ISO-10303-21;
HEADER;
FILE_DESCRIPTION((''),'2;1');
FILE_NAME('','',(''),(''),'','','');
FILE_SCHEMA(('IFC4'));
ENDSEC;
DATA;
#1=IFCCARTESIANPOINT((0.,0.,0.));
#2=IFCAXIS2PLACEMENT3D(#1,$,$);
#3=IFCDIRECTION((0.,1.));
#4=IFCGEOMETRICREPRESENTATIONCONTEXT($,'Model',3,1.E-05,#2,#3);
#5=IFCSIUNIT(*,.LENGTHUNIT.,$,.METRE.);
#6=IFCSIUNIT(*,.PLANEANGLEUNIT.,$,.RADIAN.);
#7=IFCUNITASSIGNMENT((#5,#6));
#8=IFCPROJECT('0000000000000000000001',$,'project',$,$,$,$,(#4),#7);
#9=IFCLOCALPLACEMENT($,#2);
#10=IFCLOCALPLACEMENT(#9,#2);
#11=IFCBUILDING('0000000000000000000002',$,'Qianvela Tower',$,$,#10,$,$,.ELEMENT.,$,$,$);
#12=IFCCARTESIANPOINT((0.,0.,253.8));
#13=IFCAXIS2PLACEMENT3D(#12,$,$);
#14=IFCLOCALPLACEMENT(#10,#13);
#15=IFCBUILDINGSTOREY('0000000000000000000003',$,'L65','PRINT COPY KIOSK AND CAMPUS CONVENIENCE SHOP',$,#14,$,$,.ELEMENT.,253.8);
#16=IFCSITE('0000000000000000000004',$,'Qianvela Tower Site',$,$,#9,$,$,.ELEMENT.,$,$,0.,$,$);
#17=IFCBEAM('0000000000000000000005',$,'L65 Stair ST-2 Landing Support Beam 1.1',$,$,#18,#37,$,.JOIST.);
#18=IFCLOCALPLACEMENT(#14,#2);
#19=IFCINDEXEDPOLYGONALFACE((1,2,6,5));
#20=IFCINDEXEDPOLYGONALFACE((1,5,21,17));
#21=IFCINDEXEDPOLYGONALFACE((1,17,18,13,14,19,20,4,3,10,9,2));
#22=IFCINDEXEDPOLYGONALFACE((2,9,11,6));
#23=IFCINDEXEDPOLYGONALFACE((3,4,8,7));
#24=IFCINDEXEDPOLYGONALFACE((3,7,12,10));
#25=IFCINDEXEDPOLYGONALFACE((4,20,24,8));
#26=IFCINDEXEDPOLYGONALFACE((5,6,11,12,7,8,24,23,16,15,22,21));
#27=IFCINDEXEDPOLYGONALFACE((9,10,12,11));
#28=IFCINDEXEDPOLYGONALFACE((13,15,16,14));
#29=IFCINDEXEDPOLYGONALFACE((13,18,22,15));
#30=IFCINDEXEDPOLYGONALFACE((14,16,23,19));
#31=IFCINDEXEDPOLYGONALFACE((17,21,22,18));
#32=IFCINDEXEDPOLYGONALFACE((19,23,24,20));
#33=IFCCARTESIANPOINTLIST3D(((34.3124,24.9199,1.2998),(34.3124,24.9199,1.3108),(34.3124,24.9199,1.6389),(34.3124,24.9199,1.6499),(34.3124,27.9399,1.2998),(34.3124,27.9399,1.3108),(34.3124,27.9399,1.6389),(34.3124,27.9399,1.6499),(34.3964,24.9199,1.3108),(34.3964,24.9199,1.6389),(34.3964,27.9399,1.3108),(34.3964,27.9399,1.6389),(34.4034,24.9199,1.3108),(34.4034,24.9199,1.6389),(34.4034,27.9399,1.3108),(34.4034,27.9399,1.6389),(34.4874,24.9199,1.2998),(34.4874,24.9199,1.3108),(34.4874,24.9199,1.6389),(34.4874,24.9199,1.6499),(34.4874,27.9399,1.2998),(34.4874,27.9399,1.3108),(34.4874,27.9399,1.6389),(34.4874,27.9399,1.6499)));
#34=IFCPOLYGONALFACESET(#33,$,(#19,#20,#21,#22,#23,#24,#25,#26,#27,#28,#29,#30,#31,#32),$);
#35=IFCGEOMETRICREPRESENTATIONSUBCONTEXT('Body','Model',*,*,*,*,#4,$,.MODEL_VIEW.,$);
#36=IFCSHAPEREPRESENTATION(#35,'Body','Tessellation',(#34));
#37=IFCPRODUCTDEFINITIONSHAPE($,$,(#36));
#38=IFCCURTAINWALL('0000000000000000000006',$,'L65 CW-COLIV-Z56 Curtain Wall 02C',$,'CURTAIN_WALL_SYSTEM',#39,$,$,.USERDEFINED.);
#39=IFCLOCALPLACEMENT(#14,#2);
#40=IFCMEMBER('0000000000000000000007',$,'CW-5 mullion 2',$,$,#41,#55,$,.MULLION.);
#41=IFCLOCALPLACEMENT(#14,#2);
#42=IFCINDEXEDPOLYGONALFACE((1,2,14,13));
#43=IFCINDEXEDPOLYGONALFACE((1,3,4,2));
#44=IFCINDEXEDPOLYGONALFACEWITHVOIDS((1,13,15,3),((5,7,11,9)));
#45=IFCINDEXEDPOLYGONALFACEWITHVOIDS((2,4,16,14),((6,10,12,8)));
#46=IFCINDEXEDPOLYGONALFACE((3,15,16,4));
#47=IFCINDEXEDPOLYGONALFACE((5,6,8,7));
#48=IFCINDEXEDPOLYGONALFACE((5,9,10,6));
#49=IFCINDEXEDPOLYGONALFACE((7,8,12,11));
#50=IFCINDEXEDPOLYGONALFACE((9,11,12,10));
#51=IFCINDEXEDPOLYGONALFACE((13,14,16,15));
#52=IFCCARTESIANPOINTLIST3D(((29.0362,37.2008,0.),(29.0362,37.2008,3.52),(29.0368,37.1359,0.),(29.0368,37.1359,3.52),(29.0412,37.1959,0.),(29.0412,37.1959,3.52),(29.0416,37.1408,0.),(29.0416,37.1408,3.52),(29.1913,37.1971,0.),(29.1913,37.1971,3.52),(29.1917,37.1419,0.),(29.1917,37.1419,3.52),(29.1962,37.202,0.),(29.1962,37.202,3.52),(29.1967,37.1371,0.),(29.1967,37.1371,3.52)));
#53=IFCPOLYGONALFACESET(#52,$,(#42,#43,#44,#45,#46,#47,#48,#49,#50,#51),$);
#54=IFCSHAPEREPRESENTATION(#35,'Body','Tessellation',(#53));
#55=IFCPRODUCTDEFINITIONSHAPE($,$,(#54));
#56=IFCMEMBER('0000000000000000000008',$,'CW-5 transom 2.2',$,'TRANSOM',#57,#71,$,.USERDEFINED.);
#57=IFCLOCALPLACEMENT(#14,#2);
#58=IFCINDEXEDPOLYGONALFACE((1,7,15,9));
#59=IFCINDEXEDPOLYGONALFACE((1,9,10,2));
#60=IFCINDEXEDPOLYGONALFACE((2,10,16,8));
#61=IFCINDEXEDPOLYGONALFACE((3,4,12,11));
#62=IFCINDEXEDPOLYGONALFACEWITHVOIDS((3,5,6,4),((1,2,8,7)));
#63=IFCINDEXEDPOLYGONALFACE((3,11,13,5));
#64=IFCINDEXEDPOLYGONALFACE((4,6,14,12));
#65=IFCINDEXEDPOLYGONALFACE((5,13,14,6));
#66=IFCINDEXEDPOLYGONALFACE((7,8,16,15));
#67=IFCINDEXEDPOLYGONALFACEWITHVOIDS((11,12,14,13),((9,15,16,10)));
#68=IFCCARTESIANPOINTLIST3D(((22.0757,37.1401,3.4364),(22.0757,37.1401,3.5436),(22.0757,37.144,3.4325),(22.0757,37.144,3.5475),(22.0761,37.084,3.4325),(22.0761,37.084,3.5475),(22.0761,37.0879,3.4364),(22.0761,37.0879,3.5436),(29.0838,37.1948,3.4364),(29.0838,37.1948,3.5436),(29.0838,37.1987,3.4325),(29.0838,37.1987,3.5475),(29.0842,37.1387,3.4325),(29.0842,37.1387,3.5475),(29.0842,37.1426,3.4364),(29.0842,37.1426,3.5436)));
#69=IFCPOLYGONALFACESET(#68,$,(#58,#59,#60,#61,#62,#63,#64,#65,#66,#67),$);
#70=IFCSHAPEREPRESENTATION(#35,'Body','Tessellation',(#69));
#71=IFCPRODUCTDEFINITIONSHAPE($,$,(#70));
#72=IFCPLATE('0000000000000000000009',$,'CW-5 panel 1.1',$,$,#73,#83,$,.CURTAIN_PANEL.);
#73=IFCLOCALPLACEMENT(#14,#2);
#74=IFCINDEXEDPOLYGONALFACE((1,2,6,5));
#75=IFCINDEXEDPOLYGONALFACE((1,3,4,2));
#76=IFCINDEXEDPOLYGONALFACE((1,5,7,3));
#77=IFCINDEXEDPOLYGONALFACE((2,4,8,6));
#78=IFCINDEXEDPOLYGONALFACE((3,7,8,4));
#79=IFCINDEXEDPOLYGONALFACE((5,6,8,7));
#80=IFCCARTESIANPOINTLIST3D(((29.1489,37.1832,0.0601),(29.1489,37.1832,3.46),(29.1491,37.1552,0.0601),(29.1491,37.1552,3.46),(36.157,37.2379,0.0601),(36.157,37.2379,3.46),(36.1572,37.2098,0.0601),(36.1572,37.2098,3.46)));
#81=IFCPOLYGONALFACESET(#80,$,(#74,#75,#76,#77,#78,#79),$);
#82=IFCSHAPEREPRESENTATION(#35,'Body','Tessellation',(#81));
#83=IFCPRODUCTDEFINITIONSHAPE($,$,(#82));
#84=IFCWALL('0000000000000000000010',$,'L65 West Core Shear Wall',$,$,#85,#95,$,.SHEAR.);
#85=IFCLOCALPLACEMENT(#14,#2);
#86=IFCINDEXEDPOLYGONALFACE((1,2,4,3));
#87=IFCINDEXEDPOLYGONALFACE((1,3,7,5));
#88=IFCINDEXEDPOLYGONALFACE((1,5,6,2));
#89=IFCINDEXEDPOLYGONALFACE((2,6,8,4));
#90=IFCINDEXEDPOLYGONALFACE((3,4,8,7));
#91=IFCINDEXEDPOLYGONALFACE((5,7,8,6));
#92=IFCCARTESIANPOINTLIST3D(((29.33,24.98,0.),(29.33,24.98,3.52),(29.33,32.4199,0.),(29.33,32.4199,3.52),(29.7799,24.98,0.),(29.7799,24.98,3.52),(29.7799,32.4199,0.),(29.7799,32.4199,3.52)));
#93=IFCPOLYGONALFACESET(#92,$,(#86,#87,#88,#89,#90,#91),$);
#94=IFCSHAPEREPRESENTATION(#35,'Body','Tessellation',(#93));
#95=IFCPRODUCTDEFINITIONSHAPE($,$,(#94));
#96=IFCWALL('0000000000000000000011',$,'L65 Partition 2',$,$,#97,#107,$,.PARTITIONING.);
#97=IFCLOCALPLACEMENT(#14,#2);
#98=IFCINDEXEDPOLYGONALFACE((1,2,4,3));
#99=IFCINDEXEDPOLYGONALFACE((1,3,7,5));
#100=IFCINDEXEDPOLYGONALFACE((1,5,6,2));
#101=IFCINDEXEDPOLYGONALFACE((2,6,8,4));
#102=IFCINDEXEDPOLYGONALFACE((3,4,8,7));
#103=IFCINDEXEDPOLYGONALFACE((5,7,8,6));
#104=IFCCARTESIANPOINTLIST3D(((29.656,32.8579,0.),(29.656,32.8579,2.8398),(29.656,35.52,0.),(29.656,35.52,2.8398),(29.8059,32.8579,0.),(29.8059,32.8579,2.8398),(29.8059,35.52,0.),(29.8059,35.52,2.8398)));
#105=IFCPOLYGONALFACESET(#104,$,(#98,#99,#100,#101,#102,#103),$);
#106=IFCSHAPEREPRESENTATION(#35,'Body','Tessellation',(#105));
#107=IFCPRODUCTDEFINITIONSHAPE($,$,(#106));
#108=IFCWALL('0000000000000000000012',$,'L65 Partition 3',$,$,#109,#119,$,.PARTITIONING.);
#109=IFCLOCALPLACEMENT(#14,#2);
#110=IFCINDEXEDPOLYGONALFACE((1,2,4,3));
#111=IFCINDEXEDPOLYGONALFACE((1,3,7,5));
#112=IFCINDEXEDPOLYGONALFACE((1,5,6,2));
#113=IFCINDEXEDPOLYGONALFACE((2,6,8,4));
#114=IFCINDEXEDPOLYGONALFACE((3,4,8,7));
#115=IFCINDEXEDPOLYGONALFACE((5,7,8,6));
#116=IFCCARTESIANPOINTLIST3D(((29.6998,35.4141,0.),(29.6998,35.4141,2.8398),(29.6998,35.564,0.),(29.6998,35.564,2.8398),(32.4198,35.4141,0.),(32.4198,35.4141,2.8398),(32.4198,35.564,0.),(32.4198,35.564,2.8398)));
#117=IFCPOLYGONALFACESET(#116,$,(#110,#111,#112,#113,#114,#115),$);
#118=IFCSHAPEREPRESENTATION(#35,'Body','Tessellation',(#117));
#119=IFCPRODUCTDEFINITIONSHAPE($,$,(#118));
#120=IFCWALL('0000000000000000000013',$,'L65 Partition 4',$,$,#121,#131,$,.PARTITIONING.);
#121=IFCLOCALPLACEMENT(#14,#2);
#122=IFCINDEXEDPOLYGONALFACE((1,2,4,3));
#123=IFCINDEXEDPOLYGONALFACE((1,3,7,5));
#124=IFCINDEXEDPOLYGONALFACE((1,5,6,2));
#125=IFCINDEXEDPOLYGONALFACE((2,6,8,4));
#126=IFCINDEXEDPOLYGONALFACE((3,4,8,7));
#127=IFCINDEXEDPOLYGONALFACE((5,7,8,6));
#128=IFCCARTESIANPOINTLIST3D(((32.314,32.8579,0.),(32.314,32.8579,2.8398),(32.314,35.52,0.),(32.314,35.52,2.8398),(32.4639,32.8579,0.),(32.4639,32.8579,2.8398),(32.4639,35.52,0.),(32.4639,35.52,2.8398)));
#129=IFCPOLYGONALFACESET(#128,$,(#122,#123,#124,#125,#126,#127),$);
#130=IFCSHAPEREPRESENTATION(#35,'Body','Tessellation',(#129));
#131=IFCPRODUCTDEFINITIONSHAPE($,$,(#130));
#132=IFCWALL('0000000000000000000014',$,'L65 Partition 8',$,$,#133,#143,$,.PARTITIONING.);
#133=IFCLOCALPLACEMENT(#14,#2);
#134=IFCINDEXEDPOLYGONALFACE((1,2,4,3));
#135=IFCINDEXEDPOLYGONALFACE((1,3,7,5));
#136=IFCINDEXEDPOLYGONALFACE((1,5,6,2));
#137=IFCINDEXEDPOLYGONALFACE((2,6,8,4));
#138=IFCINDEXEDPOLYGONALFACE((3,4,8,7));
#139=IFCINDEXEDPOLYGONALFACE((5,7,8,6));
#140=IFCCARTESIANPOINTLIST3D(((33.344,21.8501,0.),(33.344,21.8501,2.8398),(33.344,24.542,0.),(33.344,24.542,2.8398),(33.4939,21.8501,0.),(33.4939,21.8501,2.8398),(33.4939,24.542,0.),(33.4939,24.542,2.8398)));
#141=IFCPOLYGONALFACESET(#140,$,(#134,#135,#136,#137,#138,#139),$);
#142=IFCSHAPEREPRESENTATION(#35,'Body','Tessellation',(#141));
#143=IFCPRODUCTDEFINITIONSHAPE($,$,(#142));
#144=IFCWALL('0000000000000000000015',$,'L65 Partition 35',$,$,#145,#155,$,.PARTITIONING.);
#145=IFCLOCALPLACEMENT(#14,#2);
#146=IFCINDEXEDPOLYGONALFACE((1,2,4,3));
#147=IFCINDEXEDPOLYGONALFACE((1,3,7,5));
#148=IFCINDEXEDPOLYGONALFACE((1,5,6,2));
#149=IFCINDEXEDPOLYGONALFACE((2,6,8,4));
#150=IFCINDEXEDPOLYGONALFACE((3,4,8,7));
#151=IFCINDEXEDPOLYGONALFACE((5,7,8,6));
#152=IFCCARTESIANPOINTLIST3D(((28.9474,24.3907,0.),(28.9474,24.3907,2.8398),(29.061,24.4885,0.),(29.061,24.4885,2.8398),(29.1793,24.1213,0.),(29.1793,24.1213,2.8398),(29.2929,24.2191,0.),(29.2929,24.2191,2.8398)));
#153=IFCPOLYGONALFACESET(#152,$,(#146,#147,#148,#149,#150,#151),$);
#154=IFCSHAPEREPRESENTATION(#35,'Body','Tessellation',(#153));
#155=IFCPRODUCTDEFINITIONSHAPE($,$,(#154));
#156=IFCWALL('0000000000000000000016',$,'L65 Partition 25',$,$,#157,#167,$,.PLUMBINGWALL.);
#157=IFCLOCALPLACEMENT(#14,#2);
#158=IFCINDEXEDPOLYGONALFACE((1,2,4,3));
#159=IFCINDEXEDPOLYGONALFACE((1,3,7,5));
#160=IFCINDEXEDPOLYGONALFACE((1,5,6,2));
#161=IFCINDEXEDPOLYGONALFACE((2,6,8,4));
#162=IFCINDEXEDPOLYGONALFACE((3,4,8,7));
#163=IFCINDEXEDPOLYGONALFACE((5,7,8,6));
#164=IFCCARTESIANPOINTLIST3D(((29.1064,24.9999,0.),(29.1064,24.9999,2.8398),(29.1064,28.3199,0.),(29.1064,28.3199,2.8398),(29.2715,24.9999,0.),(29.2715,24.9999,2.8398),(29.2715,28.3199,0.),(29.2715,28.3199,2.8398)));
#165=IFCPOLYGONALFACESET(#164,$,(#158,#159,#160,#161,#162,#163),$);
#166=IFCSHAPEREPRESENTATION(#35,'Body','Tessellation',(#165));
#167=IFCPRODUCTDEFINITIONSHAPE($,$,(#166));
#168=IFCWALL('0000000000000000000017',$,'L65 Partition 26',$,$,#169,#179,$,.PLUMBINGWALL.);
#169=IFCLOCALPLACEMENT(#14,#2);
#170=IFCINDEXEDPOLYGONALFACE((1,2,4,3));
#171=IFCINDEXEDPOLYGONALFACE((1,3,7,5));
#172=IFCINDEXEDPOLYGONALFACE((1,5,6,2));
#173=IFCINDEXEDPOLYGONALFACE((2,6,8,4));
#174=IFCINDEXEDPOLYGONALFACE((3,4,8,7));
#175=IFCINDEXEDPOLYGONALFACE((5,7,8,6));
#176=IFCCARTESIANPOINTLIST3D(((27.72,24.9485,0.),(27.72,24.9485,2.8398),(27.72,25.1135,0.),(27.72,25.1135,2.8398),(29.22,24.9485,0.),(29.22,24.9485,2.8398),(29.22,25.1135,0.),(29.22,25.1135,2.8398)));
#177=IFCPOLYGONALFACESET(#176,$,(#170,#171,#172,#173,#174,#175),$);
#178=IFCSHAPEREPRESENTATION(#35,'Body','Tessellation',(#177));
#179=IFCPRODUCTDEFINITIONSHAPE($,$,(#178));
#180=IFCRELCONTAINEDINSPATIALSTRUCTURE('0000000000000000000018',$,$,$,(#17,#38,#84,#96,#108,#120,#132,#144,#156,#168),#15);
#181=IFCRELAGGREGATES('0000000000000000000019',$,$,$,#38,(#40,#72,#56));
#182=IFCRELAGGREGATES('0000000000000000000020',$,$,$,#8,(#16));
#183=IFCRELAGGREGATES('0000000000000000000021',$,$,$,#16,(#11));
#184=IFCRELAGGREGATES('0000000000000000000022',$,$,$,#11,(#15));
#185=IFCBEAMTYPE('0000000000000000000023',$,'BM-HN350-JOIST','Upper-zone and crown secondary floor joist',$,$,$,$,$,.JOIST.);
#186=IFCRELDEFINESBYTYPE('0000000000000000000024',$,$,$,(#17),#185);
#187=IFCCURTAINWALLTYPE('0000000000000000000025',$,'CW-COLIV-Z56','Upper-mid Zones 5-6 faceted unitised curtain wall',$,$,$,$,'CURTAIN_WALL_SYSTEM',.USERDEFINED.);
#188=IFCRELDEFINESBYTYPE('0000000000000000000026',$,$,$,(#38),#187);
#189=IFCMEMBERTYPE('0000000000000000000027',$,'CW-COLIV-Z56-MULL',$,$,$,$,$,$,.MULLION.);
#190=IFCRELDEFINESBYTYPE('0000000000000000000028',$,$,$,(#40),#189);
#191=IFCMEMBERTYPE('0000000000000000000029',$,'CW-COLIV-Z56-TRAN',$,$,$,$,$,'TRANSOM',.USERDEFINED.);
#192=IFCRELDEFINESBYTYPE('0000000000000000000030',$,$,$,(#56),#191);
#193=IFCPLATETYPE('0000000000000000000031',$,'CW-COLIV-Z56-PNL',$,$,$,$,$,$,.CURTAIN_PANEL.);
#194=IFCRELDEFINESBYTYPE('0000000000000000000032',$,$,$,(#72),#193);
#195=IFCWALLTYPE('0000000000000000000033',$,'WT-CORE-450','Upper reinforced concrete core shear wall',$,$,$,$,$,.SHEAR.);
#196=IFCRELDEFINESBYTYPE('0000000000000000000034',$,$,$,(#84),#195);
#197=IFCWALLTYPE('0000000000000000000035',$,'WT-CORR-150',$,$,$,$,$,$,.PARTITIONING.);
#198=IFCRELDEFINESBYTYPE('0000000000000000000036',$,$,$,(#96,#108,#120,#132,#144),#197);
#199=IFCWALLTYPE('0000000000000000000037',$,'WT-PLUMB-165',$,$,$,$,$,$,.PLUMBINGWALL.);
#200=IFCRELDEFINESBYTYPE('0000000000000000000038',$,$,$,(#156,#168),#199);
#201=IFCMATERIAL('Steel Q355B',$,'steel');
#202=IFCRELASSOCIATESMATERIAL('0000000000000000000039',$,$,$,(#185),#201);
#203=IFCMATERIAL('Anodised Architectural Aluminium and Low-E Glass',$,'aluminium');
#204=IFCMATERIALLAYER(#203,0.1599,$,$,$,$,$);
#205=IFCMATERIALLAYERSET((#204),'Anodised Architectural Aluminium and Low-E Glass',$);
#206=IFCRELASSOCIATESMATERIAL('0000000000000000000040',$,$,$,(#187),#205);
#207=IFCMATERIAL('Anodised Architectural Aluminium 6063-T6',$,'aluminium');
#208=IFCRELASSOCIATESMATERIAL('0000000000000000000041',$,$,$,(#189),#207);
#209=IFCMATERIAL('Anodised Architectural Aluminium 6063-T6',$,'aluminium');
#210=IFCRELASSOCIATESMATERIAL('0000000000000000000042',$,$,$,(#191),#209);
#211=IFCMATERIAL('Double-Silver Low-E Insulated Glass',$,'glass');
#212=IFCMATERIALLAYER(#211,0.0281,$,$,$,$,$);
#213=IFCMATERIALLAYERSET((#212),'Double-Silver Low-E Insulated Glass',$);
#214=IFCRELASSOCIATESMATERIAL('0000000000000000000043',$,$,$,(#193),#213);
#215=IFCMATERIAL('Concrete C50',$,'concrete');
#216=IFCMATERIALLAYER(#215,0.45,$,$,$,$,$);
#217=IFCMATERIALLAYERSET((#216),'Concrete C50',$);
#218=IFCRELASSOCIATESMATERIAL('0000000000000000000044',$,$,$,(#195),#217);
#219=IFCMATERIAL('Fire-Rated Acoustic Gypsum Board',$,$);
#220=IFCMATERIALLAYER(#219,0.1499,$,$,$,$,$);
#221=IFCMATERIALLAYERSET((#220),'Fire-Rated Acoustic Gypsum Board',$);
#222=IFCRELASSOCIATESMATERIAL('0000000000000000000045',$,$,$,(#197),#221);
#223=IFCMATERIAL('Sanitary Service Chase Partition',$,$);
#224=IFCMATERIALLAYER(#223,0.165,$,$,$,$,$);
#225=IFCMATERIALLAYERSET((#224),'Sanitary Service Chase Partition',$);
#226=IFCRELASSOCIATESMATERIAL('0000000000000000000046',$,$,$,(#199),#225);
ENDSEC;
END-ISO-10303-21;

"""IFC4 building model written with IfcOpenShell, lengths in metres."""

from ifc_helpers import new_model, si_unit, direction, frame, frame_2d, origin, origin_2d, place, context, subcontext, project, spatial, rectangle, hollow_rectangle, i_section, extrude, material, layer, layer_set, material_profile, profile_set, type_object, element, aggregate, save


model = new_model("IFC4")

# Units and contexts
model_context = context("Model", 3, precision=1e-05, world=origin(), true_north=direction((0.0, 1.0)))
body_context = subcontext(model_context, "Body", "Model", "MODEL_VIEW")
ifc_project = project(units=[si_unit("LENGTHUNIT", "METRE"), si_unit("PLANEANGLEUNIT", "RADIAN")], contexts=[model_context])

# Site, building, storey
site_placement = place(None, origin())
site = spatial("IfcSite", under=ifc_project, at=site_placement, Name="Qianvela Tower Site", CompositionType="ELEMENT", RefElevation=0.0)
building_placement = place(site_placement, origin())
building = spatial("IfcBuilding", under=site, at=building_placement, Name="Qianvela Tower", CompositionType="ELEMENT")
storey_placement = place(building_placement, frame((0.0, 0.0, 253.8)))
storey = spatial("IfcBuildingStorey", under=building, at=storey_placement, Name="L65", Description="PRINT COPY KIOSK AND CAMPUS CONVENIENCE SHOP", CompositionType="ELEMENT", Elevation=253.8)

# Beam
ifc_material_1 = material(Name="Steel Q355B", Category="steel")
ifc_material_profile_1 = material_profile(ifc_material_1, i_section(OverallWidth=0.175, OverallDepth=0.3501, WebThickness=0.0071, FlangeThickness=0.011, at=origin_2d()), Name="HN350x175x7x11")
ifc_profile_set_1 = profile_set([ifc_material_profile_1], Name="Steel Q355B")
beam_type = type_object("IfcBeamType", Name="BM-HN350-JOIST", Description="Upper-zone and crown secondary floor joist", PredefinedType="JOIST", material=ifc_profile_set_1)
beam_placement = place(storey_placement, frame((34.3999, 24.9199, 1.4749), z_axis=(0.0, 1.0, 0.0), x_axis=(-1.0, 0.0, 0.0)))
element("IfcBeam", 1, at=beam_placement, inside=storey, type_object=beam_type, Name="L65 Stair ST-2 Landing Support Beam 1.1", PredefinedType="JOIST", context=body_context, shape_type="SweptSolid", body=[
    extrude(i_section(OverallWidth=0.175, OverallDepth=0.3501, WebThickness=0.0071, FlangeThickness=0.011, at=origin_2d()), origin(), (0.0, 0.0, 1.0), 3.02),
])

# Curtain wall, members, plate
ifc_material_2 = material(Name="Anodised Architectural Aluminium and Low-E Glass", Category="aluminium")
ifc_layer_1 = layer(ifc_material_2, 0.1599)
ifc_layer_set_1 = layer_set([ifc_layer_1], Name="Anodised Architectural Aluminium and Low-E Glass")
curtain_wall_type = type_object("IfcCurtainWallType", Name="CW-COLIV-Z56", Description="Upper-mid Zones 5-6 faceted unitised curtain wall", ElementType="CURTAIN_WALL_SYSTEM", PredefinedType="USERDEFINED", material=ifc_layer_set_1)
curtain_wall_placement = place(storey_placement, origin())
curtain_wall = element("IfcCurtainWall", 2, at=curtain_wall_placement, inside=storey, type_object=curtain_wall_type, Name="L65 CW-COLIV-Z56 Curtain Wall 02C", ObjectType="CURTAIN_WALL_SYSTEM", PredefinedType="USERDEFINED")
ifc_material_3 = material(Name="Anodised Architectural Aluminium 6063-T6", Category="aluminium")
ifc_material_profile_2 = material_profile(ifc_material_3, hollow_rectangle(XDim=0.0649, YDim=0.1599, WallThickness=0.0049, at=origin_2d()), Name="ALU-MULL-65x160")
ifc_profile_set_2 = profile_set([ifc_material_profile_2], Name="Anodised Architectural Aluminium 6063-T6")
member_type_1 = type_object("IfcMemberType", Name="CW-COLIV-Z56-MULL", PredefinedType="MULLION", material=ifc_profile_set_2)
member_1_placement = place(storey_placement, frame((29.1165, 37.1689, 0.0), z_axis=(0.0, 0.0, 1.0), x_axis=(0.007804, -0.99997, 0.0)))
member_1 = element("IfcMember", 3, at=member_1_placement, type_object=member_type_1, Name="CW-5 mullion 2", PredefinedType="MULLION", context=body_context, shape_type="SweptSolid", body=[
    extrude(hollow_rectangle(XDim=0.0649, YDim=0.1599, WallThickness=0.0049, at=origin_2d()), origin(), (0.0, 0.0, 1.0), 3.52),
])
ifc_material_4 = material(Name="Anodised Architectural Aluminium 6063-T6", Category="aluminium")
ifc_material_profile_3 = material_profile(ifc_material_4, hollow_rectangle(XDim=0.0601, YDim=0.115, WallThickness=0.0039, at=origin_2d()), Name="ALU-TRAN-60x115")
ifc_profile_set_3 = profile_set([ifc_material_profile_3], Name="Anodised Architectural Aluminium 6063-T6")
member_type_2 = type_object("IfcMemberType", Name="CW-COLIV-Z56-TRAN", ElementType="TRANSOM", PredefinedType="USERDEFINED", material=ifc_profile_set_3)
member_2_placement = place(storey_placement, frame((29.084, 37.1687, 3.49), z_axis=(-0.99997, -0.007803, 0.0), x_axis=(0.007803, -0.99997, 0.0)))
member_2 = element("IfcMember", 4, at=member_2_placement, type_object=member_type_2, Name="CW-5 transom 2.2", ObjectType="TRANSOM", PredefinedType="USERDEFINED", context=body_context, shape_type="SweptSolid", body=[
    extrude(hollow_rectangle(XDim=0.0601, YDim=0.115, WallThickness=0.0039, at=origin_2d()), origin(), (0.0, 0.0, 1.0), 7.0083),
])
ifc_material_5 = material(Name="Double-Silver Low-E Insulated Glass", Category="glass")
ifc_layer_2 = layer(ifc_material_5, 0.0281)
ifc_layer_set_2 = layer_set([ifc_layer_2], Name="Double-Silver Low-E Insulated Glass")
plate_type = type_object("IfcPlateType", Name="CW-COLIV-Z56-PNL", PredefinedType="CURTAIN_PANEL", material=ifc_layer_set_2)
plate_placement = place(storey_placement, frame((32.6531, 37.1965, 0.0601), z_axis=(0.0, 0.0, 1.0), x_axis=(-0.99997, -0.007804, 0.0)))
plate = element("IfcPlate", 5, at=plate_placement, type_object=plate_type, Name="CW-5 panel 1.1", PredefinedType="CURTAIN_PANEL", context=body_context, shape_type="SweptSolid", body=[
    extrude(rectangle(XDim=7.0083, YDim=0.0281, at=origin_2d()), origin(), (0.0, 0.0, 1.0), 3.3999),
])
aggregate(curtain_wall, [member_1, plate, member_2])

# Shared definitions
ifc_material_6 = material(Name="Concrete C50", Category="concrete")
ifc_layer_3 = layer(ifc_material_6, 0.45)
ifc_layer_set_3 = layer_set([ifc_layer_3], Name="Concrete C50")
wall_type_1 = type_object("IfcWallType", Name="WT-CORE-450", Description="Upper reinforced concrete core shear wall", PredefinedType="SHEAR", material=ifc_layer_set_3)

# Walls
wall_1_placement = place(storey_placement, frame((29.5549, 24.98, 0.0), z_axis=(0.0, 0.0, 1.0), x_axis=(0.0, 1.0, 0.0)))
element("IfcWall", 6, at=wall_1_placement, inside=storey, type_object=wall_type_1, Name="L65 West Core Shear Wall", PredefinedType="SHEAR", context=body_context, shape_type="SweptSolid", body=[
    extrude(rectangle(XDim=7.4399, YDim=0.45, at=frame_2d((3.72, 0.0))), origin(), (0.0, 0.0, 1.0), 3.52),
])
ifc_material_7 = material(Name="Fire-Rated Acoustic Gypsum Board")
ifc_layer_4 = layer(ifc_material_7, 0.1499)
ifc_layer_set_4 = layer_set([ifc_layer_4], Name="Fire-Rated Acoustic Gypsum Board")
wall_type_2 = type_object("IfcWallType", Name="WT-CORR-150", PredefinedType="PARTITIONING", material=ifc_layer_set_4)
wall_2_placement = place(storey_placement, frame((29.731, 32.8579, 0.0), z_axis=(0.0, 0.0, 1.0), x_axis=(0.0, 1.0, 0.0)))
element("IfcWall", 7, at=wall_2_placement, inside=storey, type_object=wall_type_2, Name="L65 Partition 2", PredefinedType="PARTITIONING", context=body_context, shape_type="SweptSolid", body=[
    extrude(rectangle(XDim=2.6621, YDim=0.1499, at=frame_2d((1.3311, 0.0))), origin(), (0.0, 0.0, 1.0), 2.8398),
])
wall_3_placement = place(storey_placement, frame((29.7, 35.489, 0.0), z_axis=(0.0, 0.0, 1.0), x_axis=(1.0, 0.0, 0.0)))
element("IfcWall", 8, at=wall_3_placement, inside=storey, type_object=wall_type_2, Name="L65 Partition 3", PredefinedType="PARTITIONING", context=body_context, shape_type="SweptSolid", body=[
    extrude(rectangle(XDim=2.72, YDim=0.1499, at=frame_2d((1.3599, 0.0))), origin(), (0.0, 0.0, 1.0), 2.8398),
])
wall_4_placement = place(storey_placement, frame((32.3889, 35.52, 0.0), z_axis=(0.0, 0.0, 1.0), x_axis=(0.0, -1.0, 0.0)))
element("IfcWall", 9, at=wall_4_placement, inside=storey, type_object=wall_type_2, Name="L65 Partition 4", PredefinedType="PARTITIONING", context=body_context, shape_type="SweptSolid", body=[
    extrude(rectangle(XDim=2.6621, YDim=0.1499, at=frame_2d((1.3311, 0.0))), origin(), (0.0, 0.0, 1.0), 2.8398),
])
wall_5_placement = place(storey_placement, frame((33.4189, 24.542, 0.0), z_axis=(0.0, 0.0, 1.0), x_axis=(0.0, -1.0, 0.0)))
element("IfcWall", 10, at=wall_5_placement, inside=storey, type_object=wall_type_2, Name="L65 Partition 8", PredefinedType="PARTITIONING", context=body_context, shape_type="SweptSolid", body=[
    extrude(rectangle(XDim=2.6919, YDim=0.1499, at=frame_2d((1.3459, 0.0))), origin(), (0.0, 0.0, 1.0), 2.8398),
])
wall_6_placement = place(storey_placement, frame((29.2361, 24.1702, 0.0), z_axis=(0.0, 0.0, 1.0), x_axis=(-0.65226, 0.757995, 0.0)))
element("IfcWall", 11, at=wall_6_placement, inside=storey, type_object=wall_type_2, Name="L65 Partition 35", PredefinedType="PARTITIONING", context=body_context, shape_type="SweptSolid", body=[
    extrude(rectangle(XDim=0.3555, YDim=0.1499, at=frame_2d((0.1777, 0.0))), origin(), (0.0, 0.0, 1.0), 2.8398),
])
ifc_material_8 = material(Name="Sanitary Service Chase Partition")
ifc_layer_5 = layer(ifc_material_8, 0.165)
ifc_layer_set_5 = layer_set([ifc_layer_5], Name="Sanitary Service Chase Partition")
wall_type_3 = type_object("IfcWallType", Name="WT-PLUMB-165", PredefinedType="PLUMBINGWALL", material=ifc_layer_set_5)
wall_7_placement = place(storey_placement, frame((29.189, 28.3201, 0.0), z_axis=(0.0, 0.0, 1.0), x_axis=(0.0, -1.0, 0.0)))
element("IfcWall", 12, at=wall_7_placement, inside=storey, type_object=wall_type_3, Name="L65 Partition 25", PredefinedType="PLUMBINGWALL", context=body_context, shape_type="SweptSolid", body=[
    extrude(rectangle(XDim=3.3201, YDim=0.165, at=frame_2d((1.6602, 0.0))), origin(), (0.0, 0.0, 1.0), 2.8398),
])
wall_8_placement = place(storey_placement, frame((29.22, 25.031, 0.0), z_axis=(0.0, 0.0, 1.0), x_axis=(-1.0, 0.0, 0.0)))
element("IfcWall", 13, at=wall_8_placement, inside=storey, type_object=wall_type_3, Name="L65 Partition 26", PredefinedType="PLUMBINGWALL", context=body_context, shape_type="SweptSolid", body=[
    extrude(rectangle(XDim=1.5, YDim=0.165, at=frame_2d((0.75, 0.0))), origin(), (0.0, 0.0, 1.0), 2.8398),
])

save(model, "model.ifc")
